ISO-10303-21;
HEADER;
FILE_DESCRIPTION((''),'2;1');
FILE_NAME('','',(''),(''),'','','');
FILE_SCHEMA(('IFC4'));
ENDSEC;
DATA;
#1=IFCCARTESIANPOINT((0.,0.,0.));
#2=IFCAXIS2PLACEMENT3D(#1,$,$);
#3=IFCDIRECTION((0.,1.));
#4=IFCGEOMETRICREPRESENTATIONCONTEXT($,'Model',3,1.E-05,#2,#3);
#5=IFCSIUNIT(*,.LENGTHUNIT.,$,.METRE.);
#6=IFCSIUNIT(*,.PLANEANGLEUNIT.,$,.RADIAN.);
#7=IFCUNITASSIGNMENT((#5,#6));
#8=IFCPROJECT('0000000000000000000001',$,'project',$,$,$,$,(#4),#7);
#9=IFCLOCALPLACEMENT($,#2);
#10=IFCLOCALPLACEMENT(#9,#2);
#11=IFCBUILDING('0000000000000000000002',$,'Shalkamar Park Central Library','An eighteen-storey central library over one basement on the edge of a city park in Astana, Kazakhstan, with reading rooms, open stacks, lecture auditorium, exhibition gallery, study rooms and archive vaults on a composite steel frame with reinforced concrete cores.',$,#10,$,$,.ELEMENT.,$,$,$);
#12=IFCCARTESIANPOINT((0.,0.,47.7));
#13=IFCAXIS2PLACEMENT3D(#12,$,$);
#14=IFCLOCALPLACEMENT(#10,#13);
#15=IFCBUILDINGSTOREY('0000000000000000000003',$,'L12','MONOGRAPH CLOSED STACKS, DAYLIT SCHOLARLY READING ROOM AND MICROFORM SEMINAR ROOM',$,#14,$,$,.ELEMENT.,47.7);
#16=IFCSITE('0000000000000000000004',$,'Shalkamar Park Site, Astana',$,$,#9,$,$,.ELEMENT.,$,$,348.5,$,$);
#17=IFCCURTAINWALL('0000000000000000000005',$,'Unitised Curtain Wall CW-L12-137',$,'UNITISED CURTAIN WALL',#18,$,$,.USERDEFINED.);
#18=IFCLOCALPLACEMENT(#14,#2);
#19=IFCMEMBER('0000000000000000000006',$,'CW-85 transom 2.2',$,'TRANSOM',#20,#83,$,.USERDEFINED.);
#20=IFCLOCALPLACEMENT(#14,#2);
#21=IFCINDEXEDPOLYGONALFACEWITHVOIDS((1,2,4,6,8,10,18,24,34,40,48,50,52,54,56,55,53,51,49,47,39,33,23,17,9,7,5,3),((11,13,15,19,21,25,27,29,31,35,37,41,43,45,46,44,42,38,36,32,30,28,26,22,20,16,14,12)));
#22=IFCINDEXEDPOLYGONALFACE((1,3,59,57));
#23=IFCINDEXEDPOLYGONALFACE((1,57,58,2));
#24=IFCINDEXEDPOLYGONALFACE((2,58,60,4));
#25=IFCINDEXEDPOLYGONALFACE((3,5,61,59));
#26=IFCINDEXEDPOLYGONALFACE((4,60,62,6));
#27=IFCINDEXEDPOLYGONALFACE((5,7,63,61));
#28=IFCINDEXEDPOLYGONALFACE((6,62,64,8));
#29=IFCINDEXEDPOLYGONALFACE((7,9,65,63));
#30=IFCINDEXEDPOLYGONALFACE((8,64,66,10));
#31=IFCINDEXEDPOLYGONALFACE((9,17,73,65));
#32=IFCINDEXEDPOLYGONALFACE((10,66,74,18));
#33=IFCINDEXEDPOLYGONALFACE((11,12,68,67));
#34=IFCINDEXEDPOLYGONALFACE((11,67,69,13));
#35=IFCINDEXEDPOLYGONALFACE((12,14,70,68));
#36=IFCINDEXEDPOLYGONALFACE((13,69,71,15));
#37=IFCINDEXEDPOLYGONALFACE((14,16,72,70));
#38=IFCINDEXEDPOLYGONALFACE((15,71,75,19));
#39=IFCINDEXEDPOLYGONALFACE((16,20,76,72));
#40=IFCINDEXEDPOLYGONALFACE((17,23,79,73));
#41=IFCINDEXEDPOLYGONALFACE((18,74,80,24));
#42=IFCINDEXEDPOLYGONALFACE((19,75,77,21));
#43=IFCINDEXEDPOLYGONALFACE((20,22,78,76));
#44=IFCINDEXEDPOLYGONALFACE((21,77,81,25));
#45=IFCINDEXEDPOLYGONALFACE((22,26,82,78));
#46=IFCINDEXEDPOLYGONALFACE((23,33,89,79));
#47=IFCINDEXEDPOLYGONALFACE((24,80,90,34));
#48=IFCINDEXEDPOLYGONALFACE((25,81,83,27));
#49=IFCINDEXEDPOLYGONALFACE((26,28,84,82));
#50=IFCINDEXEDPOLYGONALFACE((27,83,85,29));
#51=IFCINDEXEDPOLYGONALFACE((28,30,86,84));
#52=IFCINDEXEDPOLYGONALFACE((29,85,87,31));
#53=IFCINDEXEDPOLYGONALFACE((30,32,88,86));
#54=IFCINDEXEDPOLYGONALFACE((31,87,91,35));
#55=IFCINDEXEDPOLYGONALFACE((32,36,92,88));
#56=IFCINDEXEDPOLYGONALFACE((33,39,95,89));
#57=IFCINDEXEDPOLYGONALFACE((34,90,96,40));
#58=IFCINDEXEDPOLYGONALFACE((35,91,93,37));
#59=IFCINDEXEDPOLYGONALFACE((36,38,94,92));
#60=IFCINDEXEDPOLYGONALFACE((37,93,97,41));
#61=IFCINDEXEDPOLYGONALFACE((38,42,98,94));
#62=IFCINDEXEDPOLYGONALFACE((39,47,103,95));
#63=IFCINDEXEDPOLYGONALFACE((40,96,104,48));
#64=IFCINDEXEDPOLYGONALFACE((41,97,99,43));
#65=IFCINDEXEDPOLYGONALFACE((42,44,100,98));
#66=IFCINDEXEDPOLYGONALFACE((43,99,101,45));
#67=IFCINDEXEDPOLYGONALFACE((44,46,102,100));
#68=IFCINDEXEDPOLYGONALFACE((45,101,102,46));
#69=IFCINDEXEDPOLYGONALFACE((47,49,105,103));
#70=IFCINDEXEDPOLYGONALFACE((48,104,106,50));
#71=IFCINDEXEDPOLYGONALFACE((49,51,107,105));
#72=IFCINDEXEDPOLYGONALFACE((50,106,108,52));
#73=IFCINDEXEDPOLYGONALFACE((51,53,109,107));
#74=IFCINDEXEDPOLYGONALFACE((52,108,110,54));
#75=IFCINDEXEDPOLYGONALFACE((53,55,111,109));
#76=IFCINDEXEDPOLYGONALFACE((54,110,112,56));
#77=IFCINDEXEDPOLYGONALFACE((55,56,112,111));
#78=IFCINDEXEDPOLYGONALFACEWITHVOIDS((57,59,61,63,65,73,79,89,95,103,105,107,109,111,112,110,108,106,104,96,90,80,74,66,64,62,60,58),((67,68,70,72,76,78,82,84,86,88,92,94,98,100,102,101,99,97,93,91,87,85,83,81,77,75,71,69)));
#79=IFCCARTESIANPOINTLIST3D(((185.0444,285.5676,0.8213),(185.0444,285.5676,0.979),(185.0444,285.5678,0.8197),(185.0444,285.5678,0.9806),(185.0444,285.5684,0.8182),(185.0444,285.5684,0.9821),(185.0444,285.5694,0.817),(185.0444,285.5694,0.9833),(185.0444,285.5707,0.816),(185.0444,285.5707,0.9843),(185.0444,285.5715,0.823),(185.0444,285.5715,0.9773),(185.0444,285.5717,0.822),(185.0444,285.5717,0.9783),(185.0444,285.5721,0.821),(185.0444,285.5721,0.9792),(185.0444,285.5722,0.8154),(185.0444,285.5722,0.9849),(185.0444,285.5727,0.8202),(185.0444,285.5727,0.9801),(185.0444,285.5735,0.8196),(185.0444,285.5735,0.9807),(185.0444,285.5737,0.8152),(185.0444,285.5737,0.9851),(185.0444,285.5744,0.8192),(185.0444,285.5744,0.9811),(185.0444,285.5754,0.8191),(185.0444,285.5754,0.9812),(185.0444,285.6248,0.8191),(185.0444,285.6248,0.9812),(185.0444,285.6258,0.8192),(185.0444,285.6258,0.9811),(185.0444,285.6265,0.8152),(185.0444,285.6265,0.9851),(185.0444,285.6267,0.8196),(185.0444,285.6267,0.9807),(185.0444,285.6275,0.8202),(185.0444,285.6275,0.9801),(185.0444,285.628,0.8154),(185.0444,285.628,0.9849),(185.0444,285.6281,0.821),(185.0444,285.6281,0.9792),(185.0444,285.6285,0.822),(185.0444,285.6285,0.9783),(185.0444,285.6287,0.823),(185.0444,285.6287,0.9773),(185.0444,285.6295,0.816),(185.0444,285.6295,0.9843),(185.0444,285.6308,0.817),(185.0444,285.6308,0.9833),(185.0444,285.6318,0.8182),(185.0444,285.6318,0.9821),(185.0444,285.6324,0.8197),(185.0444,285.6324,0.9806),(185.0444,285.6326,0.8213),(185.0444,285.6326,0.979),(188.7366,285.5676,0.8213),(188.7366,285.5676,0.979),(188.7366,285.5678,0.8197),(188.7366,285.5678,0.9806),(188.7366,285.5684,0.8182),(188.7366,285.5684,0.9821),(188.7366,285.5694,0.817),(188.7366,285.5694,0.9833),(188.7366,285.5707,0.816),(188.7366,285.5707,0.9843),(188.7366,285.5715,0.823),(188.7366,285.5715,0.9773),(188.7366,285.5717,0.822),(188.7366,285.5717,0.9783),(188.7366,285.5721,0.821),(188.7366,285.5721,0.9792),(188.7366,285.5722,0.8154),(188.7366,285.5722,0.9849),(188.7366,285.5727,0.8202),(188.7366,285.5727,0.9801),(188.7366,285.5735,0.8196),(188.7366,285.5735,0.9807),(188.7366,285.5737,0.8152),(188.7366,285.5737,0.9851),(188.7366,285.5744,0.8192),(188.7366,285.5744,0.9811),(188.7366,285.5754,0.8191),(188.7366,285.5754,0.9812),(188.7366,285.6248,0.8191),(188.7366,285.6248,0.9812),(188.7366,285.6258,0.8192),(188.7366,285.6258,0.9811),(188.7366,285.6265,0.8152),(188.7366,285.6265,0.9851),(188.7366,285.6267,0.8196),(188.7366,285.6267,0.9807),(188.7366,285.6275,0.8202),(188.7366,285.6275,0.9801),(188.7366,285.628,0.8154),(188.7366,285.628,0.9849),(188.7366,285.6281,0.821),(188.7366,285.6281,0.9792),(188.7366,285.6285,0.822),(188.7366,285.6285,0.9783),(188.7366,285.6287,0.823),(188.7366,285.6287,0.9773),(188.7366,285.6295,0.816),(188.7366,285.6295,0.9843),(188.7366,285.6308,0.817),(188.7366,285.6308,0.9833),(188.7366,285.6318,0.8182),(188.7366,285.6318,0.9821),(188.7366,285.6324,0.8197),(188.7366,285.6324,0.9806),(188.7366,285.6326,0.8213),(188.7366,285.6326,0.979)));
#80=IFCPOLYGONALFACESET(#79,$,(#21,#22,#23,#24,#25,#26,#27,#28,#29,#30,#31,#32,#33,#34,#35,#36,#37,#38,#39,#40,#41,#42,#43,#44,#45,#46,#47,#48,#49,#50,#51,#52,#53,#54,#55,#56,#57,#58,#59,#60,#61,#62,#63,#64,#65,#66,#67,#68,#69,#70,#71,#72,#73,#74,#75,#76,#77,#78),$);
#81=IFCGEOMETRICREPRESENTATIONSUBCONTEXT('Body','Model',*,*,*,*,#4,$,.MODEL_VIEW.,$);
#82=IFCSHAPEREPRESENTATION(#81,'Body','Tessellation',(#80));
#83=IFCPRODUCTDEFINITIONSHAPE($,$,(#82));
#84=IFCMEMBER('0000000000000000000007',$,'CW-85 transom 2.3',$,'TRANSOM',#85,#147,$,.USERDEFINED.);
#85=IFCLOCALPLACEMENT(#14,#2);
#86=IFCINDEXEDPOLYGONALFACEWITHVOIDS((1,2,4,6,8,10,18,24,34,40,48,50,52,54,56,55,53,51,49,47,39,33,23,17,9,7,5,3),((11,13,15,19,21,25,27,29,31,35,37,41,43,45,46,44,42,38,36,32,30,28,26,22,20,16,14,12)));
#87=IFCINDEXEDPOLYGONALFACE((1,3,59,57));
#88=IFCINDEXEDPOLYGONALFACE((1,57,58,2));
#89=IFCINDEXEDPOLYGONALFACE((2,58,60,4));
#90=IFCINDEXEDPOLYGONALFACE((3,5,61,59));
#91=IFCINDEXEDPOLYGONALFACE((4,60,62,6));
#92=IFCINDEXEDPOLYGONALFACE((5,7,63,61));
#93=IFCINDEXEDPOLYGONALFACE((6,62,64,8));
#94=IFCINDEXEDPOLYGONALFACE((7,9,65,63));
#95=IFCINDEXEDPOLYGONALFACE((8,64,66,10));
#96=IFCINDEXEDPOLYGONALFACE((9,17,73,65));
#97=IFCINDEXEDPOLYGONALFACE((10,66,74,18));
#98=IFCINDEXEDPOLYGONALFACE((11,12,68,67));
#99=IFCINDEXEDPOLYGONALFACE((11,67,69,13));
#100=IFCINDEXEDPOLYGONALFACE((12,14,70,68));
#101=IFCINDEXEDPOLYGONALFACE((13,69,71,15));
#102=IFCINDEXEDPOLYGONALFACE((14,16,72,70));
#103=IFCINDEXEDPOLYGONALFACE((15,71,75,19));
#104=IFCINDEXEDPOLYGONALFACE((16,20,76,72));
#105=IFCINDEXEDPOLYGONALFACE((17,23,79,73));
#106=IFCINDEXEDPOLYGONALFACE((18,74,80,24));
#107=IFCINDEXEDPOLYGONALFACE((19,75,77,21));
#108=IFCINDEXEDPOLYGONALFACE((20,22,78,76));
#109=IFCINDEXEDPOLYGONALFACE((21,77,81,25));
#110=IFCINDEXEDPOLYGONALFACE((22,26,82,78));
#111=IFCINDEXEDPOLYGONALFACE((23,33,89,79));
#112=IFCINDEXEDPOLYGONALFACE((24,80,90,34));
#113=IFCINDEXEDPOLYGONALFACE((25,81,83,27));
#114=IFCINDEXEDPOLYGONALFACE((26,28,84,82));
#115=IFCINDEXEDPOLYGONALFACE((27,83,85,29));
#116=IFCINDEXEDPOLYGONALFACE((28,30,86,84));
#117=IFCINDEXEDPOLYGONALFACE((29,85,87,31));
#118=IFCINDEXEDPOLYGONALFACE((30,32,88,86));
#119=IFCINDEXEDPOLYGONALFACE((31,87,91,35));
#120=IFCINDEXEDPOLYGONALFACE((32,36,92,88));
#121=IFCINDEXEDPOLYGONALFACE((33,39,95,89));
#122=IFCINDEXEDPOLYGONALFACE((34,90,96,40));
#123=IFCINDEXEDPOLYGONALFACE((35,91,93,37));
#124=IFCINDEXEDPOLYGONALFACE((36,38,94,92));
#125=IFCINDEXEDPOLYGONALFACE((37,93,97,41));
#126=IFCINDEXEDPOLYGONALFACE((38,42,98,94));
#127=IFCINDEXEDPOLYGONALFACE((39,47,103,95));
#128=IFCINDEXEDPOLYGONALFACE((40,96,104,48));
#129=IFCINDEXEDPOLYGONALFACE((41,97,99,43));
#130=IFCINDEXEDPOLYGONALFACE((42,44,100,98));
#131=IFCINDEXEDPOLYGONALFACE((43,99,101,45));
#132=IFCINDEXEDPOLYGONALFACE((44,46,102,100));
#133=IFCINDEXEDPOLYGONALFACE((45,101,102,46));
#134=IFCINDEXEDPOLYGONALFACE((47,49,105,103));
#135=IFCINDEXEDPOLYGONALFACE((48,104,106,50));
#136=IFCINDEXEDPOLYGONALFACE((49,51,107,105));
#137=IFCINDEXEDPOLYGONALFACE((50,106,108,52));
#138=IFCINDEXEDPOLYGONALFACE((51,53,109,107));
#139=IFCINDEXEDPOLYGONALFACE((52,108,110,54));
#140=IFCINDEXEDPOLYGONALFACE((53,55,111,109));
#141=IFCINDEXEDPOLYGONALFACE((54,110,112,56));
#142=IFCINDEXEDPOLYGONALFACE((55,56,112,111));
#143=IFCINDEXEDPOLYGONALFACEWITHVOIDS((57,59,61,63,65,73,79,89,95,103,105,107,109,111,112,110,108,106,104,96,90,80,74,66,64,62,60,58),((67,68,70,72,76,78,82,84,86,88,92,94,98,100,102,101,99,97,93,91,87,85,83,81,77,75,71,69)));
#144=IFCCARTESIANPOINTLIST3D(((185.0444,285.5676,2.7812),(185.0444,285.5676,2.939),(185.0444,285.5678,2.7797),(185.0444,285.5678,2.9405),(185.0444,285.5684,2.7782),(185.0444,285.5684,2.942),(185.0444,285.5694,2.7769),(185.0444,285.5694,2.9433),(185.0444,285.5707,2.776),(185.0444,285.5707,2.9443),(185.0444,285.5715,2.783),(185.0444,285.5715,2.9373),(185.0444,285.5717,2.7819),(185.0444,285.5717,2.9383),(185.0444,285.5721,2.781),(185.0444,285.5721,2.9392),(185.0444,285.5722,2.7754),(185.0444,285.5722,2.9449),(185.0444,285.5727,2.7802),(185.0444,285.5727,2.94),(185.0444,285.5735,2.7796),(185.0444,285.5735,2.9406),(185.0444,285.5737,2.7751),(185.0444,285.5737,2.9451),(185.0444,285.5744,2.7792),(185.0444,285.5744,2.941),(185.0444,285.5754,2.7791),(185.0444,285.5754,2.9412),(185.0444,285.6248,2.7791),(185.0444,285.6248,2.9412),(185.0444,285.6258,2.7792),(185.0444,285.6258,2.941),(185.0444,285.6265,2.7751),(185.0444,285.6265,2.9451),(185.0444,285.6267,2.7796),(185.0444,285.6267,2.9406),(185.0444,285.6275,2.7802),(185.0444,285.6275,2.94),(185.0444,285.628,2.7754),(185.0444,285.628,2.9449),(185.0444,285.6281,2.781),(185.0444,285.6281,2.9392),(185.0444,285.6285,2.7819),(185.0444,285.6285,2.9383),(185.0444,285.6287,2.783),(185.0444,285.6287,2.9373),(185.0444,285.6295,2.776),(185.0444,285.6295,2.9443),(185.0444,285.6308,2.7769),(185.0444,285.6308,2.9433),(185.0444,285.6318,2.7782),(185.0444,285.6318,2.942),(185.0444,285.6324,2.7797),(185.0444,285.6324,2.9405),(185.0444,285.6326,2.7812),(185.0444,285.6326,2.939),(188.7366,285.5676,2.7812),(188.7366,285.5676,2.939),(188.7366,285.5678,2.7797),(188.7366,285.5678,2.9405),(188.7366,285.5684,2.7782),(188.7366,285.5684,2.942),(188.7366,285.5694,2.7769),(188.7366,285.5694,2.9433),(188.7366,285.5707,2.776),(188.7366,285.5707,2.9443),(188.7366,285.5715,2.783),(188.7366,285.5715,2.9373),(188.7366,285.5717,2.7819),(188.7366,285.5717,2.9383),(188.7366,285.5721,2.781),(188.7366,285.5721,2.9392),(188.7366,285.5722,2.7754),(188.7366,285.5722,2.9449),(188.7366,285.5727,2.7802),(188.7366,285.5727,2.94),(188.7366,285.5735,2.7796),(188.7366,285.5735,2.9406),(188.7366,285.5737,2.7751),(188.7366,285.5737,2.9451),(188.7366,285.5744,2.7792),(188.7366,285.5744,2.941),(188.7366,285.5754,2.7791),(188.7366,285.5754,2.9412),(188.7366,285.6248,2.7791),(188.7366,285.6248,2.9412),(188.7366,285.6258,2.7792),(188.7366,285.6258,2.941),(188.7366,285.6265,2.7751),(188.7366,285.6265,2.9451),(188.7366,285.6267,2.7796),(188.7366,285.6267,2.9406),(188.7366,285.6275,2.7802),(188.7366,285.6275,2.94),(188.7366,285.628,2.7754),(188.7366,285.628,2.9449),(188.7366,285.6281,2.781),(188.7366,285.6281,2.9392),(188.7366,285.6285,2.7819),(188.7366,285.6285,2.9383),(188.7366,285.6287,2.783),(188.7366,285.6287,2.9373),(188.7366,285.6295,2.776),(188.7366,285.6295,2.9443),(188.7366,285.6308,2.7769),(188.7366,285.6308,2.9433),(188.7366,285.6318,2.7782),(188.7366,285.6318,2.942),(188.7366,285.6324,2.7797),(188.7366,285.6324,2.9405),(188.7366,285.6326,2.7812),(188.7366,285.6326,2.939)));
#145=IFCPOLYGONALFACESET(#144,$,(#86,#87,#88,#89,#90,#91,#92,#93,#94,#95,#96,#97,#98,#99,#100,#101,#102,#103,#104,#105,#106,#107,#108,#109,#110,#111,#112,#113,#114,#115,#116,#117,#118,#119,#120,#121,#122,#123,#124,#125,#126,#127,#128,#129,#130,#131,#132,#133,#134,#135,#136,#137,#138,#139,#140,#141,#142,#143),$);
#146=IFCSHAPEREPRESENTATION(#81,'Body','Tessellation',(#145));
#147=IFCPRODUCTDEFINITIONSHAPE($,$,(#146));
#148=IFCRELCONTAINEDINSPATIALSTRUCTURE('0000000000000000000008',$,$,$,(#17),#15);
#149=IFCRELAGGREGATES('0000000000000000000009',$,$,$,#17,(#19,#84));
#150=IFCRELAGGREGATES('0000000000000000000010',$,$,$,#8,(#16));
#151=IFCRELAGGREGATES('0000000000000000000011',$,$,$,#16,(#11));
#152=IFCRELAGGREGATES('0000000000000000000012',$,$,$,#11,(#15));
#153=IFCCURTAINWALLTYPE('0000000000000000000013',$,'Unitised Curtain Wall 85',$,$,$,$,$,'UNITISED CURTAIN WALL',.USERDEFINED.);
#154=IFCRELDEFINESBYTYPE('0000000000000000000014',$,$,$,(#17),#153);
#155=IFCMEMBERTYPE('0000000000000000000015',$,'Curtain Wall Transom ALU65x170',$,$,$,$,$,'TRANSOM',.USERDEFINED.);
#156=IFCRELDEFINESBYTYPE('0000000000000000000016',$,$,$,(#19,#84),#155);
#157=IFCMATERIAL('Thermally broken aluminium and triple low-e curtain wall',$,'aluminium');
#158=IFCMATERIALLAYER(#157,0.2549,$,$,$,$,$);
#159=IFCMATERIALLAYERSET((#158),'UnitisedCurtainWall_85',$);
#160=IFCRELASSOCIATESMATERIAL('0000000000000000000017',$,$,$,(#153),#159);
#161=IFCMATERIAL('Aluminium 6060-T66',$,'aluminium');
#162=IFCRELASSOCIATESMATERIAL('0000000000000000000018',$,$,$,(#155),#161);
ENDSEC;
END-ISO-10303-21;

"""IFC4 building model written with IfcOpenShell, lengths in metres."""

from ifc_helpers import new_model, si_unit, direction, frame, origin, origin_2d, place, context, subcontext, project, spatial, hollow_rectangle, extrude, material, layer, layer_set, material_profile, profile_set, type_object, element, aggregate, save


model = new_model("IFC4")

# Units and contexts
model_context = context("Model", 3, precision=1e-05, world=origin(), true_north=direction((0.0, 1.0)))
body_context = subcontext(model_context, "Body", "Model", "MODEL_VIEW")
ifc_project = project(units=[si_unit("LENGTHUNIT", "METRE"), si_unit("PLANEANGLEUNIT", "RADIAN")], contexts=[model_context])

# Site, building, storey
site_placement = place(None, origin())
site = spatial("IfcSite", under=ifc_project, at=site_placement, Name="Shalkamar Park Site, Astana", CompositionType="ELEMENT", RefElevation=348.5)
building_placement = place(site_placement, origin())
building = spatial("IfcBuilding", under=site, at=building_placement, Name="Shalkamar Park Central Library", Description="An eighteen-storey central library over one basement on the edge of a city park in Astana, Kazakhstan, with reading rooms, open stacks, lecture auditorium, exhibition gallery, study rooms and archive vaults on a composite steel frame with reinforced concrete cores.", CompositionType="ELEMENT")
storey_placement = place(building_placement, frame((0.0, 0.0, 47.7)))
storey = spatial("IfcBuildingStorey", under=building, at=storey_placement, Name="L12", Description="MONOGRAPH CLOSED STACKS, DAYLIT SCHOLARLY READING ROOM AND MICROFORM SEMINAR ROOM", CompositionType="ELEMENT", Elevation=47.7)

# Curtain wall
ifc_material_1 = material(Name="Thermally broken aluminium and triple low-e curtain wall", Category="aluminium")
ifc_layer_1 = layer(ifc_material_1, 0.2549)
ifc_layer_set_1 = layer_set([ifc_layer_1], Name="UnitisedCurtainWall_85")
curtain_wall_type_1 = type_object("IfcCurtainWallType", Name="Unitised Curtain Wall 85", ElementType="UNITISED CURTAIN WALL", PredefinedType="USERDEFINED", material=ifc_layer_set_1)
curtain_wall_1_placement = place(storey_placement, origin())
curtain_wall_1 = element("IfcCurtainWall", 1, at=curtain_wall_1_placement, inside=storey, type_object=curtain_wall_type_1, Name="Unitised Curtain Wall CW-L12-137", ObjectType="UNITISED CURTAIN WALL", PredefinedType="USERDEFINED")
ifc_material_2 = material(Name="Aluminium 6060-T66", Category="aluminium")

# Members
ifc_material_profile_1 = material_profile(ifc_material_2, hollow_rectangle(XDim=0.0649, YDim=0.1699, WallThickness=0.0039, InnerFilletRadius=0.0039, OuterFilletRadius=0.0061, at=origin_2d()), Name="ALU 65x170x4")
ifc_profile_set_1 = profile_set([ifc_material_profile_1], Name="Aluminium 6060-T66")
member_type_1 = type_object("IfcMemberType", Name="Curtain Wall Transom ALU65x170", ElementType="TRANSOM", PredefinedType="USERDEFINED", material=ifc_profile_set_1)
member_1_placement = place(storey_placement, frame((185.0444, 285.6001, 0.9001), z_axis=(1.0, 0.0, 0.0), x_axis=(0.0, 1.0, 0.0)))
member_1 = element("IfcMember", 2, at=member_1_placement, type_object=member_type_1, Name="CW-85 transom 2.2", ObjectType="TRANSOM", PredefinedType="USERDEFINED", context=body_context, shape_type="SweptSolid", body=[
    extrude(hollow_rectangle(XDim=0.0649, YDim=0.1699, WallThickness=0.0039, InnerFilletRadius=0.0039, OuterFilletRadius=0.0061, at=origin_2d()), origin(), (0.0, 0.0, 1.0), 3.6921),
])
member_2_placement = place(storey_placement, frame((185.0444, 285.6001, 2.8601), z_axis=(1.0, 0.0, 0.0), x_axis=(0.0, 1.0, 0.0)))
member_2 = element("IfcMember", 3, at=member_2_placement, type_object=member_type_1, Name="CW-85 transom 2.3", ObjectType="TRANSOM", PredefinedType="USERDEFINED", context=body_context, shape_type="SweptSolid", body=[
    extrude(hollow_rectangle(XDim=0.0649, YDim=0.1699, WallThickness=0.0039, InnerFilletRadius=0.0039, OuterFilletRadius=0.0061, at=origin_2d()), origin(), (0.0, 0.0, 1.0), 3.6921),
])

aggregate(curtain_wall_1, [member_1, member_2])

save(model, "model.ifc")
